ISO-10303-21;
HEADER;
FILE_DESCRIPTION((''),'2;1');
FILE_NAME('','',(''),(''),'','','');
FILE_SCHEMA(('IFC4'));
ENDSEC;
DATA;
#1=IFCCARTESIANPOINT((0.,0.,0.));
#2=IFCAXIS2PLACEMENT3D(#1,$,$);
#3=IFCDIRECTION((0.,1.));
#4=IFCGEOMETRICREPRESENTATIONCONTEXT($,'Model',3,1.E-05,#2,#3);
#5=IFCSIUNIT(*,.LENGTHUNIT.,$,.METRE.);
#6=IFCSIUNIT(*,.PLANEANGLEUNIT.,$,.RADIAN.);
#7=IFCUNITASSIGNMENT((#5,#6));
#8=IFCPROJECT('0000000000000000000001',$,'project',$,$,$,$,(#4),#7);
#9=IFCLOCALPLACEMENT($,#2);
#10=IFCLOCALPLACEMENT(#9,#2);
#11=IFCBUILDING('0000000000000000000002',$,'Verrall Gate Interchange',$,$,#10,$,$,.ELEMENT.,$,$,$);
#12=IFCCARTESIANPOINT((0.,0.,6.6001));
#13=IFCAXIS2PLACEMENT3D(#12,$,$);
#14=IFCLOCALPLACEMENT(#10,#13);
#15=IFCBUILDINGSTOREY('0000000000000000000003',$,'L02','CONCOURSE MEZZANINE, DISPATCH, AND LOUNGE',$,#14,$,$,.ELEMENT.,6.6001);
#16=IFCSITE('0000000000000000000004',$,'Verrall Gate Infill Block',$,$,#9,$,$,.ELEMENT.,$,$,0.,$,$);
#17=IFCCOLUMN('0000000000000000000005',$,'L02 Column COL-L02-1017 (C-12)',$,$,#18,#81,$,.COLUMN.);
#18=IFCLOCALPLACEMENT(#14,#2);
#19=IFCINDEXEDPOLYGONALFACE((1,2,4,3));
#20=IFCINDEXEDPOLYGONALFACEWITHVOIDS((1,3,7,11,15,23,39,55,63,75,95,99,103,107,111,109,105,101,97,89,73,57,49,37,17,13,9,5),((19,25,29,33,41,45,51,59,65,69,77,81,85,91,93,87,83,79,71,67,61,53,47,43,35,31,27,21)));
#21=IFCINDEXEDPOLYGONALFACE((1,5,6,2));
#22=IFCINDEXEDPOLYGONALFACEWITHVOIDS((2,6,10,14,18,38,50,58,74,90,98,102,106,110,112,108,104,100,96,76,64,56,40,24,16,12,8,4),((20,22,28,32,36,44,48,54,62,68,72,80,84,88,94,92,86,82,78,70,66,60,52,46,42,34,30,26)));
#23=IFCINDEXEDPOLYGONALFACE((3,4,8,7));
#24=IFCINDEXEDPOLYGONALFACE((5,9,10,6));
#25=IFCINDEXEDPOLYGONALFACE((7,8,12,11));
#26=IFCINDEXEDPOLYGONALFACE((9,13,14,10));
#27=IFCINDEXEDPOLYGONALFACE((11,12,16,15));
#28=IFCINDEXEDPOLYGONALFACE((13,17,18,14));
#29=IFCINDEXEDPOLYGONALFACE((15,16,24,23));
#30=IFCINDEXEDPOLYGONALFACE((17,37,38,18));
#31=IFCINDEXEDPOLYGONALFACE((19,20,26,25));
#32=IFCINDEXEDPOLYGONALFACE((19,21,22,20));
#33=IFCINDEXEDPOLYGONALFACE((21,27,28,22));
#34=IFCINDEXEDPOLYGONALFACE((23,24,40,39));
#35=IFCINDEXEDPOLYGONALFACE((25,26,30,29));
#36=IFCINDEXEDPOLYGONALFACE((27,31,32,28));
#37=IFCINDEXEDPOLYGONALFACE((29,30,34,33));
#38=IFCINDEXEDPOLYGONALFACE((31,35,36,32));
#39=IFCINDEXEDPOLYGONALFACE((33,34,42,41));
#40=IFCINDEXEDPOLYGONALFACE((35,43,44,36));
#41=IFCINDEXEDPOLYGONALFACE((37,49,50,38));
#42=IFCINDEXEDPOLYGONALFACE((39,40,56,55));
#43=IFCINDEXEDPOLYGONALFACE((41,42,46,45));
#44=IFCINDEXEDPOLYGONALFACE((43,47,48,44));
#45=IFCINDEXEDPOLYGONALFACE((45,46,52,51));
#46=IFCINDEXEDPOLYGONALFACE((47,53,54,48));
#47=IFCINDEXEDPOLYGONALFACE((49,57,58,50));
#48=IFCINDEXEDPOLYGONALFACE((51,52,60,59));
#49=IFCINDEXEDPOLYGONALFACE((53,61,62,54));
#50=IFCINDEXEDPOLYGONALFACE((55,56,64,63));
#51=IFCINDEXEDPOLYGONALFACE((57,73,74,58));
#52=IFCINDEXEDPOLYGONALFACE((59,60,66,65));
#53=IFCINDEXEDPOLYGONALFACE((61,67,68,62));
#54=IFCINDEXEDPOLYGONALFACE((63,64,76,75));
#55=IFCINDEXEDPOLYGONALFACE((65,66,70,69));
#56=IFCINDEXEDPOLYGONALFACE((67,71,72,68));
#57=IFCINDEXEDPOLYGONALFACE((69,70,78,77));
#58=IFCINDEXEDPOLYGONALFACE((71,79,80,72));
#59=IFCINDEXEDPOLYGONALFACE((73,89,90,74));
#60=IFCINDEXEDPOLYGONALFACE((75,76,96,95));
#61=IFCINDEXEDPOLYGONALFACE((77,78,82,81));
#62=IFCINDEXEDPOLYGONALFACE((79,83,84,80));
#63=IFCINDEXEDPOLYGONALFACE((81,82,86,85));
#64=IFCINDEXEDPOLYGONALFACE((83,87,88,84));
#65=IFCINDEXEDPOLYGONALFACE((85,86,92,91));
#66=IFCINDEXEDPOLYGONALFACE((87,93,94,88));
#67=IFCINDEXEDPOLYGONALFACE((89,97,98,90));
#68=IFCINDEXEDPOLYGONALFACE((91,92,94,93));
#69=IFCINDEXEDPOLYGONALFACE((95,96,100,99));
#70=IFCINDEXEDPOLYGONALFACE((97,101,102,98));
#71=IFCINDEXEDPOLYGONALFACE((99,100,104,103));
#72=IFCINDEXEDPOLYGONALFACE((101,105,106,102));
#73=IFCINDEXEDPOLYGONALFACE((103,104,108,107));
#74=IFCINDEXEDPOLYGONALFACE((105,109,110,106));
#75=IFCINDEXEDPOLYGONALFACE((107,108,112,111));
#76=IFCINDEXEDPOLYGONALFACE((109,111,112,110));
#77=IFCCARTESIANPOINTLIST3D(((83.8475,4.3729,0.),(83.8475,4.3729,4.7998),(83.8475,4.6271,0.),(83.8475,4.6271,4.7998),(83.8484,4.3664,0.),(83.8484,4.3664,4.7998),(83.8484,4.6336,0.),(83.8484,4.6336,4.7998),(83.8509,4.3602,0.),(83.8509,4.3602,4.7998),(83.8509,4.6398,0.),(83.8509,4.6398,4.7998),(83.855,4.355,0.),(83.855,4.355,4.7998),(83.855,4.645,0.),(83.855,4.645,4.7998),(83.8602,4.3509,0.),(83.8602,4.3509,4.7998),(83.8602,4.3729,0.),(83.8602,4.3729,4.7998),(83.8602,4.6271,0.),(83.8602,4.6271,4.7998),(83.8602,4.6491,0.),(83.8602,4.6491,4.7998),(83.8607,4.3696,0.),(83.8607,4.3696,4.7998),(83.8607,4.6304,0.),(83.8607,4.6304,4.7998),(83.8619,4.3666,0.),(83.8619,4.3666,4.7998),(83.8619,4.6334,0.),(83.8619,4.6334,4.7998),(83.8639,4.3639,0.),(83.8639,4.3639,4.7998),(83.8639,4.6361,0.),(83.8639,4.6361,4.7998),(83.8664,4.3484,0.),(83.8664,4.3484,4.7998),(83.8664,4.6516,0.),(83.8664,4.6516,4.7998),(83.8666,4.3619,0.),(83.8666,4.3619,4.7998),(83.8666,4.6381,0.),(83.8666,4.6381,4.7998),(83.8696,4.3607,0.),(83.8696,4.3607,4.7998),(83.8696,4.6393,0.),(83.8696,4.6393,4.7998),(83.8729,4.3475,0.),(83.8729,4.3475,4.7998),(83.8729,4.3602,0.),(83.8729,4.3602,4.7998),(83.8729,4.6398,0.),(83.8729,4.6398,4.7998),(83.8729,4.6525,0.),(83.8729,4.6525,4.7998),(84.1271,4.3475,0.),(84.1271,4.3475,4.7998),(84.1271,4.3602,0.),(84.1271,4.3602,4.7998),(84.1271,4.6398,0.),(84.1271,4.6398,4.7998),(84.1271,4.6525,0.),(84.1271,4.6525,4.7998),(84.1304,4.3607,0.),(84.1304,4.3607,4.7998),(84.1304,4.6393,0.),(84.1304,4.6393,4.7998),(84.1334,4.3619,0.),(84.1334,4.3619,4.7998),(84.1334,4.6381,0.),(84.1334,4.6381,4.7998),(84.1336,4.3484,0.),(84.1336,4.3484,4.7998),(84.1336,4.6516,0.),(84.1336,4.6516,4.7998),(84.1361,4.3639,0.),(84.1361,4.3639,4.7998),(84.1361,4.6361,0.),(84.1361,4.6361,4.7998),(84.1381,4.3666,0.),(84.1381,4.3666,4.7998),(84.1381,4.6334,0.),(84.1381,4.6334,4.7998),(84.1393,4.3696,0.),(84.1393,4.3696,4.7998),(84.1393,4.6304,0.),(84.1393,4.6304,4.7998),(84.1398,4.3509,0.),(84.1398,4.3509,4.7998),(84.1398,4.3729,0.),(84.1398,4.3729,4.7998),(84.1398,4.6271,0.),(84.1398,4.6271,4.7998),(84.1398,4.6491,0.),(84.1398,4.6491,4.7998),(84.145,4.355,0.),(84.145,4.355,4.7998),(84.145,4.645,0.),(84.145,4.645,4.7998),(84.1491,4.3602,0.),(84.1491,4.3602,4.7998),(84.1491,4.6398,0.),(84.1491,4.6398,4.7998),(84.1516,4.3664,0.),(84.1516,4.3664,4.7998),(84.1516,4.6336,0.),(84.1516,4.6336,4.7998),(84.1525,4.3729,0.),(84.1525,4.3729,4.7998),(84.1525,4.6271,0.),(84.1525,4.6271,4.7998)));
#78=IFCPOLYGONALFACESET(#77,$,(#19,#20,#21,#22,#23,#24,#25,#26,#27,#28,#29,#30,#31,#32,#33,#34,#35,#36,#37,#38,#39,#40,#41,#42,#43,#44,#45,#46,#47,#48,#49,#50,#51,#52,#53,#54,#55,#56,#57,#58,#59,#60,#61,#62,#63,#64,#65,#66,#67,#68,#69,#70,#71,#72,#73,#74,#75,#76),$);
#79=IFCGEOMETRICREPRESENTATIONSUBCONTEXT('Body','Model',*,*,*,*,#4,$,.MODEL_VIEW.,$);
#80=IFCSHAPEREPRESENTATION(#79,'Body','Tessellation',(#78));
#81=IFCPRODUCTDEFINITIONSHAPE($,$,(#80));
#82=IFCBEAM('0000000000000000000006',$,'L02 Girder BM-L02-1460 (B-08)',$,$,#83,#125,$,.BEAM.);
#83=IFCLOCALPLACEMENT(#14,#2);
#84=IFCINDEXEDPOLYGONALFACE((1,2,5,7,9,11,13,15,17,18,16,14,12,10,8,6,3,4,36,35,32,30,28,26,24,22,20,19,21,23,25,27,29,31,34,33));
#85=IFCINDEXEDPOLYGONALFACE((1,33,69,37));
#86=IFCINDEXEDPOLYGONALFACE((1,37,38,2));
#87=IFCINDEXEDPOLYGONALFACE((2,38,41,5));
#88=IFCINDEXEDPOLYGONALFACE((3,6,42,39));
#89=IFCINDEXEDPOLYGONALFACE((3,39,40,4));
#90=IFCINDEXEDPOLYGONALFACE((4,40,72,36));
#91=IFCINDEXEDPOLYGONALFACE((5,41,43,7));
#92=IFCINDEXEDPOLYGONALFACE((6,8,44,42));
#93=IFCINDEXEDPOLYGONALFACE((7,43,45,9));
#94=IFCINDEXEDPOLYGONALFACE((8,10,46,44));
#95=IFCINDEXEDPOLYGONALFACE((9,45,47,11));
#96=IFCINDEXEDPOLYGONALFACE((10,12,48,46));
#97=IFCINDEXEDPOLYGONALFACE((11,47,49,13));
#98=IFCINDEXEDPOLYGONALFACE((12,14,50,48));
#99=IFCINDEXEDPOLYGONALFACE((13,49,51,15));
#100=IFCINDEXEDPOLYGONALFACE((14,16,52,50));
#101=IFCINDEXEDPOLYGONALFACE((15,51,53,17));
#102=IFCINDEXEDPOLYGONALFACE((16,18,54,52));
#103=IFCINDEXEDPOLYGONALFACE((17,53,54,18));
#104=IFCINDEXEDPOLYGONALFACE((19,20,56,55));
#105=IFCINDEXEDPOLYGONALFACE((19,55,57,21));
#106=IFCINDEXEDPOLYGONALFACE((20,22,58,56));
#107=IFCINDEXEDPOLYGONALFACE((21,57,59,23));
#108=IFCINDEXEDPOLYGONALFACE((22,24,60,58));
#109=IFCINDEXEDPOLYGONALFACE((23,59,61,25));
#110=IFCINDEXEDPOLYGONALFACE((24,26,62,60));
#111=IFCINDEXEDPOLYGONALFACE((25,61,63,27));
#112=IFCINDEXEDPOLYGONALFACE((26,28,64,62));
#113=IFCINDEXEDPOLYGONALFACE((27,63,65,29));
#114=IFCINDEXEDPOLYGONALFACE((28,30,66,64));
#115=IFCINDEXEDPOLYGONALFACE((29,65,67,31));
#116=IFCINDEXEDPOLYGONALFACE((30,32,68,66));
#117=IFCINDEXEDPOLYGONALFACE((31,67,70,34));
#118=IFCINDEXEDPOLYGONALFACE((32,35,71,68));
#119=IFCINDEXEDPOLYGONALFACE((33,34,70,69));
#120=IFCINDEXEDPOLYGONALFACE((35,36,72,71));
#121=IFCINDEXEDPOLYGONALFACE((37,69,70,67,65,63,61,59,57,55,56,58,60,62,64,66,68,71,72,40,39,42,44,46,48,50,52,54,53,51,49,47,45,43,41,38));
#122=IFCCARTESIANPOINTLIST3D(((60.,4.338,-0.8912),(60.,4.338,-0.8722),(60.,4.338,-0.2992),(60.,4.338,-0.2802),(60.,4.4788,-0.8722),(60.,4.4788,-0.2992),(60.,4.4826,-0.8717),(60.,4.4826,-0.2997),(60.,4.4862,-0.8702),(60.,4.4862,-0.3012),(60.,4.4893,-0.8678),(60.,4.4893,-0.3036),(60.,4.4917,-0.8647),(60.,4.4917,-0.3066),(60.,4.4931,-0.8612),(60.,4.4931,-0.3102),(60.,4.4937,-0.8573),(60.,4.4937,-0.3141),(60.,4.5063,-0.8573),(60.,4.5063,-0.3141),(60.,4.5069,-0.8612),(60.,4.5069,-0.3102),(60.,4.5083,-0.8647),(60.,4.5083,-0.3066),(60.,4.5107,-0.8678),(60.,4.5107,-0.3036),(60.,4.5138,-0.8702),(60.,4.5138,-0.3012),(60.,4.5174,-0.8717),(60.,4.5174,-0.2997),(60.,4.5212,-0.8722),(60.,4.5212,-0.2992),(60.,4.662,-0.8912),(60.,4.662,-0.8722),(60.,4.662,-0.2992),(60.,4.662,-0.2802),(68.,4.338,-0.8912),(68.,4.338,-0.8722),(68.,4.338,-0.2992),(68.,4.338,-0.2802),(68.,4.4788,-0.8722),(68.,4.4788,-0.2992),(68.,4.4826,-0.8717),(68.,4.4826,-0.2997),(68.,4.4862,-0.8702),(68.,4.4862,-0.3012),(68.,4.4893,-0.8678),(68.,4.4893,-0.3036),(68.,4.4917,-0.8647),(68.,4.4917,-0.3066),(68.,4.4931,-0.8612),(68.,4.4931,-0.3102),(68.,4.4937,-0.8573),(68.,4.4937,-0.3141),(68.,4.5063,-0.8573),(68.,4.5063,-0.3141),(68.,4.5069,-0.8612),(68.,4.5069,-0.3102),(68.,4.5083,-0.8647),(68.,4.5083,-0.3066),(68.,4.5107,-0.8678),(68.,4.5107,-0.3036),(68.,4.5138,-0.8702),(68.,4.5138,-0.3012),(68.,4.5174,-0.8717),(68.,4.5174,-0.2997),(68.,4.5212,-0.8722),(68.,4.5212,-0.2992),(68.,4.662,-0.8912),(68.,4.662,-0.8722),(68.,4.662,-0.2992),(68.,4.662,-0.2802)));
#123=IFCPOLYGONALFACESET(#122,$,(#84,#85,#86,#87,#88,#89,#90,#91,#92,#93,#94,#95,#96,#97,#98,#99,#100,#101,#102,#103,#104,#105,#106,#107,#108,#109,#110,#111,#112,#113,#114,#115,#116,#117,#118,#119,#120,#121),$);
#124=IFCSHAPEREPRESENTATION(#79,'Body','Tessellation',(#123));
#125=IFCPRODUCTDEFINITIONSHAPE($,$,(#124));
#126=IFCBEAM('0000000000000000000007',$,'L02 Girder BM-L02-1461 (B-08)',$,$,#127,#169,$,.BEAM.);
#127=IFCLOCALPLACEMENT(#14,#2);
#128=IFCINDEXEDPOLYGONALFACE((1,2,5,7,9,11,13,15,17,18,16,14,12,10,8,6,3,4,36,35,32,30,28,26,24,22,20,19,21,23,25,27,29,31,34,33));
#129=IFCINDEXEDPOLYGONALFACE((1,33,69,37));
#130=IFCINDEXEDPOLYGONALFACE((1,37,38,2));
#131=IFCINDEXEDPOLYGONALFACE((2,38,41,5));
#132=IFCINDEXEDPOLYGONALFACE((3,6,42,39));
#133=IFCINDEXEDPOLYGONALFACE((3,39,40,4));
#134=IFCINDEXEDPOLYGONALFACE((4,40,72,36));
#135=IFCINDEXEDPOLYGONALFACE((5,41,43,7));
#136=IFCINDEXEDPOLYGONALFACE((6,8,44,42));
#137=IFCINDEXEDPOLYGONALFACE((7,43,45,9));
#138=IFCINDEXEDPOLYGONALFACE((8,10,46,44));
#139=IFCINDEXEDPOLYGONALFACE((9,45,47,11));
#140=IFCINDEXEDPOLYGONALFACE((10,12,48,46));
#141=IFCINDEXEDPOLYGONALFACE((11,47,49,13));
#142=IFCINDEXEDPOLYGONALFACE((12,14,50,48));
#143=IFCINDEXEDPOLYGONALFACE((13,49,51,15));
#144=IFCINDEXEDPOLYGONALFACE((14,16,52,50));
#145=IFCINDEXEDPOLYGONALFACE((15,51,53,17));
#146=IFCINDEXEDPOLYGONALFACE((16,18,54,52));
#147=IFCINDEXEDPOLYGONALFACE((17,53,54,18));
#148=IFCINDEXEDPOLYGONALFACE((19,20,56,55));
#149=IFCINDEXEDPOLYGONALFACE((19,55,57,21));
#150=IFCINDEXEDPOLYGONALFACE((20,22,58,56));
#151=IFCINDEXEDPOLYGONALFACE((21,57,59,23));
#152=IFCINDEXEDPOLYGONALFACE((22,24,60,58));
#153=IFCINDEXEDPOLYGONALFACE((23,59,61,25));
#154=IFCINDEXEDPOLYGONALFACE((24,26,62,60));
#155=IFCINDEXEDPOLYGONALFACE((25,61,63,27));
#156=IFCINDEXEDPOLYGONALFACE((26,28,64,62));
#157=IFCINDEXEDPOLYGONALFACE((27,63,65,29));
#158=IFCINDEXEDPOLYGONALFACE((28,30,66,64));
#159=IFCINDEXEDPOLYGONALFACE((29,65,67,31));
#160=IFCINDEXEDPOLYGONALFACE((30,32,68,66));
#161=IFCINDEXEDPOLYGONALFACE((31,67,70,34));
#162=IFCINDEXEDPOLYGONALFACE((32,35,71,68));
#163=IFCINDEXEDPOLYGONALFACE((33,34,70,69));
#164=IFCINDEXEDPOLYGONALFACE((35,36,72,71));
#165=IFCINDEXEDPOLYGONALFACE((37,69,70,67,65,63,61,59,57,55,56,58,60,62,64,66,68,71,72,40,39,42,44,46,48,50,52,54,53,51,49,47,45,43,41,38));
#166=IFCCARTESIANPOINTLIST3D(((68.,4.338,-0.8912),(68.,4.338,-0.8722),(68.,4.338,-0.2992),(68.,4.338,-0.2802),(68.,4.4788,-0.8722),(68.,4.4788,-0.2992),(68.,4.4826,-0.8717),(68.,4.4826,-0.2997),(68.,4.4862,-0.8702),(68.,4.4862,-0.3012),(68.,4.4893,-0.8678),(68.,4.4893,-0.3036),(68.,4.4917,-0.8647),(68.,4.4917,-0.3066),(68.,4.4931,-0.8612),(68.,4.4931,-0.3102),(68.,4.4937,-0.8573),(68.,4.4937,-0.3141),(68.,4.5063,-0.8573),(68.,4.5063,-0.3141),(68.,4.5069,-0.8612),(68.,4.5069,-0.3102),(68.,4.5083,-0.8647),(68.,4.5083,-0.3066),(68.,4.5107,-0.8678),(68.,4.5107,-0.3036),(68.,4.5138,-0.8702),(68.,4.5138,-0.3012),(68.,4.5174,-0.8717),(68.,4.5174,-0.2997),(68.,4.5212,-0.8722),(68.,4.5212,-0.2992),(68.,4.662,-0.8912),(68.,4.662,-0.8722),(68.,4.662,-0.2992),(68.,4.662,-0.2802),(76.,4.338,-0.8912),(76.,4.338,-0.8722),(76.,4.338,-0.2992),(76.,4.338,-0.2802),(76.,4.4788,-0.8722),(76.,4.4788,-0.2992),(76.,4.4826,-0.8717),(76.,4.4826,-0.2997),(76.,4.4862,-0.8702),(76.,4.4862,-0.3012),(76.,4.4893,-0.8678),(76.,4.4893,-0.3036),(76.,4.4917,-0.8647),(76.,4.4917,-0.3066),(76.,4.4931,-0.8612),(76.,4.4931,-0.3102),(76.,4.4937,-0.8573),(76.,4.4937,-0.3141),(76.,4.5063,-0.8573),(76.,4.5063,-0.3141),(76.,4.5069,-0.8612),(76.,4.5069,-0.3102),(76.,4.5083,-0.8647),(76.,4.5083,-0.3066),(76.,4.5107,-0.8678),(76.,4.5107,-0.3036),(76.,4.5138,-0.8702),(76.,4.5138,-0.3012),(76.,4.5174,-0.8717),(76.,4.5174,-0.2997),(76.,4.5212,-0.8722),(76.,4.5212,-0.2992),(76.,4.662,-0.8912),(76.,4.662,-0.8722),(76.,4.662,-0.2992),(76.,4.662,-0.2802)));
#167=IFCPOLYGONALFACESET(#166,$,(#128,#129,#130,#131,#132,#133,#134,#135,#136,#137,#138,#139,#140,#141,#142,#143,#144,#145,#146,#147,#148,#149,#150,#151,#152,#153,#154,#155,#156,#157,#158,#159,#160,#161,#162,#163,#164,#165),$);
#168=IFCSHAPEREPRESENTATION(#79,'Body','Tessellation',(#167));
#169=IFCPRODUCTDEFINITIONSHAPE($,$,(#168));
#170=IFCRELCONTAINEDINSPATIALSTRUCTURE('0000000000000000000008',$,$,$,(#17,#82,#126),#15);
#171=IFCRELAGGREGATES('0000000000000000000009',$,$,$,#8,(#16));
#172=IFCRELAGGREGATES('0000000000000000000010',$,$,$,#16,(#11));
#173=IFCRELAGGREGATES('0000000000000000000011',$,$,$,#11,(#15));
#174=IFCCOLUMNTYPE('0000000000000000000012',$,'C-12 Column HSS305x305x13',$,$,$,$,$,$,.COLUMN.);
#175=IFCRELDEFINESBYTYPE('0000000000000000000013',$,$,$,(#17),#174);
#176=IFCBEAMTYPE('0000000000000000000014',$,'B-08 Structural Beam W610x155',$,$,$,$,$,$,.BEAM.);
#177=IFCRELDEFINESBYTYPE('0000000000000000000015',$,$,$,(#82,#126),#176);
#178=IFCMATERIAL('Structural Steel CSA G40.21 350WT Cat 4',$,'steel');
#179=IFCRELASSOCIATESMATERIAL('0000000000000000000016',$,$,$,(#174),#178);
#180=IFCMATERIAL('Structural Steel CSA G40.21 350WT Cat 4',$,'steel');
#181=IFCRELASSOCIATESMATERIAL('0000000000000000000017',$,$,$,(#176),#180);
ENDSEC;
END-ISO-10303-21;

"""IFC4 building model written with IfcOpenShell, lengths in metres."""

from ifc_helpers import new_model, si_unit, direction, frame, origin, origin_2d, place, context, subcontext, project, spatial, hollow_rectangle, i_section, extrude, material, material_profile, profile_set, type_object, element, save


model = new_model("IFC4")

# Units and contexts
model_context = context("Model", 3, precision=1e-05, world=origin(), true_north=direction((0.0, 1.0)))
body_context = subcontext(model_context, "Body", "Model", "MODEL_VIEW")
ifc_project = project(units=[si_unit("LENGTHUNIT", "METRE"), si_unit("PLANEANGLEUNIT", "RADIAN")], contexts=[model_context])

# Site, building, storey
site_placement = place(None, origin())
site = spatial("IfcSite", under=ifc_project, at=site_placement, Name="Verrall Gate Infill Block", CompositionType="ELEMENT", RefElevation=0.0)
building_placement = place(site_placement, origin())
building = spatial("IfcBuilding", under=site, at=building_placement, Name="Verrall Gate Interchange", CompositionType="ELEMENT")
storey_placement = place(building_placement, frame((0.0, 0.0, 6.6001)))
storey = spatial("IfcBuildingStorey", under=building, at=storey_placement, Name="L02", Description="CONCOURSE MEZZANINE, DISPATCH, AND LOUNGE", CompositionType="ELEMENT", Elevation=6.6001)

# Column
ifc_material_1 = material(Name="Structural Steel CSA G40.21 350WT Cat 4", Category="steel")
ifc_material_profile_1 = material_profile(ifc_material_1, hollow_rectangle(XDim=0.3049, YDim=0.3049, WallThickness=0.0127, InnerFilletRadius=0.0127, OuterFilletRadius=0.0254, at=origin_2d()), Name="HSS305x305x13")
ifc_profile_set_1 = profile_set([ifc_material_profile_1], Name="Structural Steel CSA G40.21 350WT Cat 4")
column_type = type_object("IfcColumnType", Name="C-12 Column HSS305x305x13", PredefinedType="COLUMN", material=ifc_profile_set_1)
for number, where, z_axis, x_axis, name in (
    (1, (84.0, 4.5, 0.0), (0.0, 0.0, 1.0), (1.0, 0.0, 0.0), "L02 Column COL-L02-1017 (C-12)"),
):
    element("IfcColumn", number, at=place(storey_placement, frame(where, z_axis=z_axis, x_axis=x_axis)), inside=storey, type_object=column_type, Name=name, PredefinedType="COLUMN", context=body_context, shape_type="SweptSolid", body=[
        extrude(hollow_rectangle(XDim=0.3049, YDim=0.3049, WallThickness=0.0127, InnerFilletRadius=0.0127, OuterFilletRadius=0.0254, at=origin_2d()), origin(), (0.0, 0.0, 1.0), 4.7998),
    ])

# Beams
ifc_material_2 = material(Name="Structural Steel CSA G40.21 350WT Cat 4", Category="steel")
ifc_material_profile_2 = material_profile(ifc_material_2, i_section(OverallWidth=0.324, OverallDepth=0.6111, WebThickness=0.0127, FlangeThickness=0.019, FilletRadius=0.0149, at=origin_2d()), Name="W610x155")
ifc_profile_set_2 = profile_set([ifc_material_profile_2], Name="Structural Steel CSA G40.21 350WT Cat 4")
beam_type_1 = type_object("IfcBeamType", Name="B-08 Structural Beam W610x155", PredefinedType="BEAM", material=ifc_profile_set_2)
for number, where, z_axis, x_axis, name in (
    (2, (60.0, 4.5, -0.5857), (1.0, 0.0, 0.0), (0.0, 1.0, 0.0), "L02 Girder BM-L02-1460 (B-08)"),
    (3, (68.0, 4.5, -0.5857), (1.0, 0.0, 0.0), (0.0, 1.0, 0.0), "L02 Girder BM-L02-1461 (B-08)"),
):
    element("IfcBeam", number, at=place(storey_placement, frame(where, z_axis=z_axis, x_axis=x_axis)), inside=storey, type_object=beam_type_1, Name=name, PredefinedType="BEAM", context=body_context, shape_type="SweptSolid", body=[
        extrude(i_section(OverallWidth=0.324, OverallDepth=0.6111, WebThickness=0.0127, FlangeThickness=0.019, FilletRadius=0.0149, at=origin_2d()), origin(), (0.0, 0.0, 1.0), 8.0),
    ])

save(model, "model.ifc")
